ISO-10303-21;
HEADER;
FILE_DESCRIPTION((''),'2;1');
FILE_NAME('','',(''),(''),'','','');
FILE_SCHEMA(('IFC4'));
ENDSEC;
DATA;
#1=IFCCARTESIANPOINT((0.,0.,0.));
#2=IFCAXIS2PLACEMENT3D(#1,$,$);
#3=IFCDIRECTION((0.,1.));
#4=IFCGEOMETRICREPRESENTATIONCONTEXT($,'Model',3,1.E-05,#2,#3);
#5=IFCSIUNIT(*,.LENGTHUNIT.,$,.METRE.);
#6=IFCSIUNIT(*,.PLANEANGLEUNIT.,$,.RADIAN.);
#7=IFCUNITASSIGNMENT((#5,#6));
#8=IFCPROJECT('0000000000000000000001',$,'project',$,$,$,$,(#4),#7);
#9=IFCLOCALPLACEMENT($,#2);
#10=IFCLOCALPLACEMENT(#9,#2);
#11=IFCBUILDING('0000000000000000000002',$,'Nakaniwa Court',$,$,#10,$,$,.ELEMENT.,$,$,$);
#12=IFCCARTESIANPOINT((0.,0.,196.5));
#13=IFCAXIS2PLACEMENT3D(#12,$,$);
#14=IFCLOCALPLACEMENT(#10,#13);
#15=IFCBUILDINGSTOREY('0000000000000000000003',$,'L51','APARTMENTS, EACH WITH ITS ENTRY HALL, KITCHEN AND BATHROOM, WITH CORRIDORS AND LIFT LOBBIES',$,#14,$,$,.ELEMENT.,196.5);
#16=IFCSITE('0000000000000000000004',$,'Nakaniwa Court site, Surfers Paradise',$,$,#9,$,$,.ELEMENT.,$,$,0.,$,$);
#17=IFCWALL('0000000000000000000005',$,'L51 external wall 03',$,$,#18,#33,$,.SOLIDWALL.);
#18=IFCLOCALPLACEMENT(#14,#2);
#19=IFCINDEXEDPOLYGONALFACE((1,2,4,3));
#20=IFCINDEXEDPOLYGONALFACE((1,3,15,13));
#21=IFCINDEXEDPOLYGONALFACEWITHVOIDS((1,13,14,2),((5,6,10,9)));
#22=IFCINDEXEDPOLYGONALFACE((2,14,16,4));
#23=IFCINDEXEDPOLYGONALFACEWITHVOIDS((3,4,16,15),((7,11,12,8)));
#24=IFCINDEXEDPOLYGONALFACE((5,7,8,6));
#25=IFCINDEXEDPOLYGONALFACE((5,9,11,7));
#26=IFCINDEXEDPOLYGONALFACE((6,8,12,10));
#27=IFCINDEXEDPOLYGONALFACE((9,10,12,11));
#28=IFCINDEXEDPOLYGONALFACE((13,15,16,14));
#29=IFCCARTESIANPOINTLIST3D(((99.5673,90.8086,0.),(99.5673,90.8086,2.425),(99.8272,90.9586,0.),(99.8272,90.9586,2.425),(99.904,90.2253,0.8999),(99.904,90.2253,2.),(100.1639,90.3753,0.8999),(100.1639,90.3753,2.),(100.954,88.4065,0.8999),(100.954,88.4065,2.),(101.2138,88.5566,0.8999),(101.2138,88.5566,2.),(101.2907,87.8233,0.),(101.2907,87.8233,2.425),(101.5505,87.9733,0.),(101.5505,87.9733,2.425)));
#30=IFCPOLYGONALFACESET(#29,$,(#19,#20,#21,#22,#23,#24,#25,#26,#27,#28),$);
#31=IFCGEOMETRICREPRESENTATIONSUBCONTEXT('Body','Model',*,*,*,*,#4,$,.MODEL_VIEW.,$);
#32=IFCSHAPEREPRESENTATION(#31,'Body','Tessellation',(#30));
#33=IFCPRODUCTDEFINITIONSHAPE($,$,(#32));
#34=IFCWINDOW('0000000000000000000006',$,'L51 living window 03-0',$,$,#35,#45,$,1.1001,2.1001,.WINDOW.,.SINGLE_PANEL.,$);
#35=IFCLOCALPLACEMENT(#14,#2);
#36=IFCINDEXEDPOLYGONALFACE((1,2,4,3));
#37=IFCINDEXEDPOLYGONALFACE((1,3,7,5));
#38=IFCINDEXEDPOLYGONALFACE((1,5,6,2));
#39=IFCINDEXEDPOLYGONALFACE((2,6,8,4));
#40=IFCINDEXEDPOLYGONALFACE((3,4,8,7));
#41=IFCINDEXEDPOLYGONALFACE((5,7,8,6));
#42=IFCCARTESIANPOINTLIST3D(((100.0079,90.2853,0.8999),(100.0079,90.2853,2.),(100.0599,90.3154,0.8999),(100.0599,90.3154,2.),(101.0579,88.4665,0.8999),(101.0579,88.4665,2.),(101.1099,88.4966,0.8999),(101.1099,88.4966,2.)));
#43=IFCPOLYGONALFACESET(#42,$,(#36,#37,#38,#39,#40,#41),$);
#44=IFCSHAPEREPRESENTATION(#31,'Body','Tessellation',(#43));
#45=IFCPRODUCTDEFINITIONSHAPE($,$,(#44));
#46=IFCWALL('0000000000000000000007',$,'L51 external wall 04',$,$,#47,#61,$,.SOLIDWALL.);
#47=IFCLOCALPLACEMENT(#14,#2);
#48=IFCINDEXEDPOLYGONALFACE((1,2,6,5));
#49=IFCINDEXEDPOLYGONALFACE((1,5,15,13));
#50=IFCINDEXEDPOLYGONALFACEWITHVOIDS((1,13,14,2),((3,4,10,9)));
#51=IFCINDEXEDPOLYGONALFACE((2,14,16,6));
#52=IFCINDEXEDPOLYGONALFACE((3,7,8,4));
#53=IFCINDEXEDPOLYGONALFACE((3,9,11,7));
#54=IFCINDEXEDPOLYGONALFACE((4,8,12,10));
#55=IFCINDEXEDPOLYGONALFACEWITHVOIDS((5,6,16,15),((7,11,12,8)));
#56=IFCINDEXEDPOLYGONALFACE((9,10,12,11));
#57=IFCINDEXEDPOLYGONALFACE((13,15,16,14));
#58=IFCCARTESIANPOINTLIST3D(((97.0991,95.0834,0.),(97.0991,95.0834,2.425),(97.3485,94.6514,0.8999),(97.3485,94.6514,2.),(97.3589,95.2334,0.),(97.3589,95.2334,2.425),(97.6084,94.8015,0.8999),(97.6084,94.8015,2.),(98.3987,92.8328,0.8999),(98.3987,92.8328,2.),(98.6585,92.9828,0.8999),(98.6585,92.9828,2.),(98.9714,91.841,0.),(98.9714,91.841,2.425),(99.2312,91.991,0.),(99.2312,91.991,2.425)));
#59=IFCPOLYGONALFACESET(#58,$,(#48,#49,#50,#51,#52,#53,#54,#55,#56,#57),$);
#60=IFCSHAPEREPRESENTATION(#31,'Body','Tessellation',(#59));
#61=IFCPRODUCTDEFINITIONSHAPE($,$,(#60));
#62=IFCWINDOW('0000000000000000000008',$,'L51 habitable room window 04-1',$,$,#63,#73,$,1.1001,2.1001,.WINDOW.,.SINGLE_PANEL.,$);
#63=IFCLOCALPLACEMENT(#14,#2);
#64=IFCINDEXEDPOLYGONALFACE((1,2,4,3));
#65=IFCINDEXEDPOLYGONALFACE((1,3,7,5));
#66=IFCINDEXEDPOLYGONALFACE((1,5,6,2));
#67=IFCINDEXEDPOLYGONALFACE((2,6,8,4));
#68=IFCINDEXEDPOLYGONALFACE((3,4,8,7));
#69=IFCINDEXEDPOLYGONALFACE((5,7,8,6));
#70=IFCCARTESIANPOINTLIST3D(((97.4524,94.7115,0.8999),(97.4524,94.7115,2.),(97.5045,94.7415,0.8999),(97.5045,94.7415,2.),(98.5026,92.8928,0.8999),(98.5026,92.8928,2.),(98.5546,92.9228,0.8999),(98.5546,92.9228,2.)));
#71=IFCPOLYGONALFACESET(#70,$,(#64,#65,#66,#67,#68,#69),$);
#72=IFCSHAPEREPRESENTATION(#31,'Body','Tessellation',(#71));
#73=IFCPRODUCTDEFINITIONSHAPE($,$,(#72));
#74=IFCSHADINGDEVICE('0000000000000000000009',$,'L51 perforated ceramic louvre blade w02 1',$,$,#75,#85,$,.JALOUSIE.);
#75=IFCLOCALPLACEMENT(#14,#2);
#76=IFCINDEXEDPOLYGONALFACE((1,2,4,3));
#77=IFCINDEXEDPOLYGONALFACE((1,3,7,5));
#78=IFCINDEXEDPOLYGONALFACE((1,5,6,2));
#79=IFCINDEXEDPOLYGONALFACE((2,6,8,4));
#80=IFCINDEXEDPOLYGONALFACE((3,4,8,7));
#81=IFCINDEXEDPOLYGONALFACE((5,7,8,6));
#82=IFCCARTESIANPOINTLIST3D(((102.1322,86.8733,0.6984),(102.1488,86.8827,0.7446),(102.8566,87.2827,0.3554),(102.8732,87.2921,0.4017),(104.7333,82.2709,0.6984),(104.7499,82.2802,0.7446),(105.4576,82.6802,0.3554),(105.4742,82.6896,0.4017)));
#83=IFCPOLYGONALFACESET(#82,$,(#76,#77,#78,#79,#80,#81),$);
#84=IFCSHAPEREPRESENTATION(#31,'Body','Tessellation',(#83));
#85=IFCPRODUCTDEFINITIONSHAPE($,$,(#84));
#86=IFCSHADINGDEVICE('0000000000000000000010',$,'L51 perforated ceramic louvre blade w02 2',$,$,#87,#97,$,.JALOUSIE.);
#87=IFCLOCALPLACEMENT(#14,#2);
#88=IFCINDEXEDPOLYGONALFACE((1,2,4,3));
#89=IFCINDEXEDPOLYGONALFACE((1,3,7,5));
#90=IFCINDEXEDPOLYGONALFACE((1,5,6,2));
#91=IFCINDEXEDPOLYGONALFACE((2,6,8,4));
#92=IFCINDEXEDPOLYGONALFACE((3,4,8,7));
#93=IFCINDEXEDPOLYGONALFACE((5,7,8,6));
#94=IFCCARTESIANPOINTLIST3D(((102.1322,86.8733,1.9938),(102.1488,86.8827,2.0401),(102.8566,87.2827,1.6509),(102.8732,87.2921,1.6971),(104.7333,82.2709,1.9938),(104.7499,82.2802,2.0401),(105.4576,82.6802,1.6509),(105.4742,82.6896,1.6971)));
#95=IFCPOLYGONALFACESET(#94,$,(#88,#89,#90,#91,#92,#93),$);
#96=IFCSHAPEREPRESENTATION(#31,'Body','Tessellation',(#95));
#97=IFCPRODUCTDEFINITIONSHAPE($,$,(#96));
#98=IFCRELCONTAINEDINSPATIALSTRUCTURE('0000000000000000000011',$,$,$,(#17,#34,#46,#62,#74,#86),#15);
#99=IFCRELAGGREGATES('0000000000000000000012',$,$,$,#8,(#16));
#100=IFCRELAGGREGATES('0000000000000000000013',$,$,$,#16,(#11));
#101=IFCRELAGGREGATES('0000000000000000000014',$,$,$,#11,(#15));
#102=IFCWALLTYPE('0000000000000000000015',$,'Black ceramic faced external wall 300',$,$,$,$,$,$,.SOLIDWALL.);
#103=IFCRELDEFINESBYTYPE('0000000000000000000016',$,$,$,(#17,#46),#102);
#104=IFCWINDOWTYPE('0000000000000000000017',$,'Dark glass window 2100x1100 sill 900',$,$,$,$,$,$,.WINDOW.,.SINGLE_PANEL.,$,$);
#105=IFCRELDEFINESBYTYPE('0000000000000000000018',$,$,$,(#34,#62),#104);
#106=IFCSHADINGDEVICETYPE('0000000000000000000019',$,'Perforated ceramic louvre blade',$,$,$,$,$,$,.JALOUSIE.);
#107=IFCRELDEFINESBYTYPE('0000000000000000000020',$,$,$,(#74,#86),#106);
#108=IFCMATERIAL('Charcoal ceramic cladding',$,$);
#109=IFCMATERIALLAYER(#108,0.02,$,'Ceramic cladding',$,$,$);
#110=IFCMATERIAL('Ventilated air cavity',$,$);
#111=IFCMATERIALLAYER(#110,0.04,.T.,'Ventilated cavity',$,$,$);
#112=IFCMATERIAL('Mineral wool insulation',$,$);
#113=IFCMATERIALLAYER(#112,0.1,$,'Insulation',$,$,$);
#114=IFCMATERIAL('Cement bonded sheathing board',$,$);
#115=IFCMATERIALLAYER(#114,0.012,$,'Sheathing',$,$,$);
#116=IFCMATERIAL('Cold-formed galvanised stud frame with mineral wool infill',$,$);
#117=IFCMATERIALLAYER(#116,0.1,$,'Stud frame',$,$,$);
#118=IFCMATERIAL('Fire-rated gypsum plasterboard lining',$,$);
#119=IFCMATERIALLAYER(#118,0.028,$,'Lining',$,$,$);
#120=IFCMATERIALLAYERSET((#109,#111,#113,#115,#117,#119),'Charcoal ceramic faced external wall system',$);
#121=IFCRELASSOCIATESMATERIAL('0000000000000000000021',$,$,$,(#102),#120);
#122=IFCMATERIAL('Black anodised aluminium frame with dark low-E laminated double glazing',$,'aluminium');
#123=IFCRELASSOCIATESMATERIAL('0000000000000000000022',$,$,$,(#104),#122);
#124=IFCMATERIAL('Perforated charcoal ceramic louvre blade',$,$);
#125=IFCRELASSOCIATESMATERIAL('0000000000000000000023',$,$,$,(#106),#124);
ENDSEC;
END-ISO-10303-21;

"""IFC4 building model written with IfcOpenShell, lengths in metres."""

from ifc_helpers import new_model, si_unit, direction, frame, frame_2d, origin, origin_2d, place, context, subcontext, project, spatial, rectangle, extrude, material, layer, layer_set, material_profile, profile_set, type_object, element, fill, save


model = new_model("IFC4")

# Units and contexts
model_context = context("Model", 3, precision=1e-05, world=origin(), true_north=direction((0.0, 1.0)))
body_context = subcontext(model_context, "Body", "Model", "MODEL_VIEW")
ifc_project = project(units=[si_unit("LENGTHUNIT", "METRE"), si_unit("PLANEANGLEUNIT", "RADIAN")], contexts=[model_context])

# Site, building, storey
site_placement = place(None, origin())
site = spatial("IfcSite", under=ifc_project, at=site_placement, Name="Nakaniwa Court site, Surfers Paradise", CompositionType="ELEMENT", RefElevation=0.0)
building_placement = place(site_placement, origin())
building = spatial("IfcBuilding", under=site, at=building_placement, Name="Nakaniwa Court", CompositionType="ELEMENT")
storey_placement = place(building_placement, frame((0.0, 0.0, 196.5)))
storey = spatial("IfcBuildingStorey", under=building, at=storey_placement, Name="L51", Description="APARTMENTS, EACH WITH ITS ENTRY HALL, KITCHEN AND BATHROOM, WITH CORRIDORS AND LIFT LOBBIES", CompositionType="ELEMENT", Elevation=196.5)

# Shared definitions
ifc_material_1 = material(Name="Charcoal ceramic cladding")
ifc_layer_1 = layer(ifc_material_1, 0.02, Name="Ceramic cladding")
ifc_material_2 = material(Name="Ventilated air cavity")
ifc_layer_2 = layer(ifc_material_2, 0.04, ventilated=True, Name="Ventilated cavity")
ifc_material_3 = material(Name="Mineral wool insulation")
ifc_layer_3 = layer(ifc_material_3, 0.1, Name="Insulation")
ifc_material_4 = material(Name="Cement bonded sheathing board")
ifc_layer_4 = layer(ifc_material_4, 0.012, Name="Sheathing")
ifc_material_5 = material(Name="Cold-formed galvanised stud frame with mineral wool infill")
ifc_layer_5 = layer(ifc_material_5, 0.1, Name="Stud frame")
ifc_material_6 = material(Name="Fire-rated gypsum plasterboard lining")
ifc_layer_6 = layer(ifc_material_6, 0.028, Name="Lining")
ifc_layer_set = layer_set([ifc_layer_1, ifc_layer_2, ifc_layer_3, ifc_layer_4, ifc_layer_5, ifc_layer_6], Name="Charcoal ceramic faced external wall system")
wall_type = type_object("IfcWallType", Name="Black ceramic faced external wall 300", PredefinedType="SOLIDWALL", material=ifc_layer_set)
ifc_material_7 = material(Name="Black anodised aluminium frame with dark low-E laminated double glazing", Category="aluminium")

# Shared definitions
window_type_1 = type_object("IfcWindowType", Name="Dark glass window 2100x1100 sill 900", PartitioningType="SINGLE_PANEL", PredefinedType="WINDOW", material=ifc_material_7)

# Walls, openings, windows
wall_1_placement = place(storey_placement, frame((101.4207, 87.8982, 0.0), z_axis=(0.0, 0.0, 1.0), x_axis=(-0.499955, 0.866051, 0.0)))
wall_1 = element("IfcWall", 1, at=wall_1_placement, inside=storey, type_object=wall_type, Name="L51 external wall 03", PredefinedType="SOLIDWALL", context=body_context, shape_type="SweptSolid", body=[
    extrude(rectangle(XDim=3.447, YDim=0.3, at=frame_2d((1.7236, 0.0))), origin(), (0.0, 0.0, 1.0), 2.425),
])
opening_1_placement = place(wall_1_placement, frame((0.6736, 0.0, 0.8999)))
opening_1 = element("IfcOpeningElement", 2, at=opening_1_placement, cuts=wall_1, PredefinedType="OPENING", context=body_context, shape_type="SweptSolid", body=[
    extrude(rectangle(XDim=2.1001, YDim=1.1001, at=frame_2d((1.05, 0.55))), frame((0.0, 0.1599, 0.0), z_axis=(0.0, -1.0, 0.0), x_axis=(1.0, 0.0, 0.0)), (0.0, 0.0, 1.0), 0.3201),
])
window_1_placement = place(opening_1_placement, origin())
window_1 = element("IfcWindow", 3, at=window_1_placement, inside=storey, type_object=window_type_1, Name="L51 living window 03-0", OverallHeight=1.1001, OverallWidth=2.1001, PartitioningType="SINGLE_PANEL", PredefinedType="WINDOW", context=body_context, shape_type="SweptSolid", body=[
    extrude(rectangle(XDim=2.1001, YDim=1.1001, at=frame_2d((1.05, 0.55))), frame((0.0, 0.03, 0.0), z_axis=(0.0, -1.0, 0.0), x_axis=(1.0, 0.0, 0.0)), (0.0, 0.0, 1.0), 0.0601),
])
fill(opening_1, window_1)
wall_2_placement = place(storey_placement, frame((99.1013, 91.916, 0.0), z_axis=(0.0, 0.0, 1.0), x_axis=(-0.500059, 0.865991, 0.0)))
wall_2 = element("IfcWall", 4, at=wall_2_placement, inside=storey, type_object=wall_type, Name="L51 external wall 04", PredefinedType="SOLIDWALL", context=body_context, shape_type="SweptSolid", body=[
    extrude(rectangle(XDim=3.7441, YDim=0.3, at=frame_2d((1.8721, 0.0))), origin(), (0.0, 0.0, 1.0), 2.425),
])
opening_2_placement = place(wall_2_placement, frame((1.1453, 0.0, 0.8999)))
opening_2 = element("IfcOpeningElement", 5, at=opening_2_placement, cuts=wall_2, PredefinedType="OPENING", context=body_context, shape_type="SweptSolid", body=[
    extrude(rectangle(XDim=2.1001, YDim=1.1001, at=frame_2d((1.05, 0.55))), frame((0.0, 0.1599, 0.0), z_axis=(0.0, -1.0, 0.0), x_axis=(1.0, 0.0, 0.0)), (0.0, 0.0, 1.0), 0.3201),
])
window_2_placement = place(opening_2_placement, origin())
window_2 = element("IfcWindow", 6, at=window_2_placement, inside=storey, type_object=window_type_1, Name="L51 habitable room window 04-1", OverallHeight=1.1001, OverallWidth=2.1001, PartitioningType="SINGLE_PANEL", PredefinedType="WINDOW", context=body_context, shape_type="SweptSolid", body=[
    extrude(rectangle(XDim=2.1001, YDim=1.1001, at=frame_2d((1.05, 0.55))), frame((0.0, 0.03, 0.0), z_axis=(0.0, -1.0, 0.0), x_axis=(1.0, 0.0, 0.0)), (0.0, 0.0, 1.0), 0.0601),
])
fill(opening_2, window_2)

# Shading devices
ifc_material_8 = material(Name="Perforated charcoal ceramic louvre blade")
ifc_material_profile_1 = material_profile(ifc_material_8, rectangle(XDim=0.8999, YDim=0.05, at=origin_2d()), Name="Perforated ceramic louvre blade")
ifc_profile_set_1 = profile_set([ifc_material_profile_1], Name="Perforated charcoal ceramic louvre blade")
shading_device_type = type_object("IfcShadingDeviceType", Name="Perforated ceramic louvre blade", PredefinedType="JALOUSIE", material=ifc_profile_set_1)
for number, where, z_axis, x_axis, name in (
    (7, (105.1038, 82.4802, 0.55), (-0.492006, 0.870592, 0.0), (-0.804902, -0.454882, 0.38107), "L51 perforated ceramic louvre blade w02 1"),
    (8, (105.1038, 82.4802, 1.8455), (-0.492006, 0.870592, 0.0), (-0.804902, -0.454882, 0.38107), "L51 perforated ceramic louvre blade w02 2"),
):
    element("IfcShadingDevice", number, at=place(storey_placement, frame(where, z_axis=z_axis, x_axis=x_axis)), inside=storey, type_object=shading_device_type, Name=name, PredefinedType="JALOUSIE", context=body_context, shape_type="SweptSolid", body=[
        extrude(rectangle(XDim=0.8999, YDim=0.05, at=origin_2d()), origin(), (0.0, 0.0, 1.0), 5.2866),
    ])

save(model, "model.ifc")
